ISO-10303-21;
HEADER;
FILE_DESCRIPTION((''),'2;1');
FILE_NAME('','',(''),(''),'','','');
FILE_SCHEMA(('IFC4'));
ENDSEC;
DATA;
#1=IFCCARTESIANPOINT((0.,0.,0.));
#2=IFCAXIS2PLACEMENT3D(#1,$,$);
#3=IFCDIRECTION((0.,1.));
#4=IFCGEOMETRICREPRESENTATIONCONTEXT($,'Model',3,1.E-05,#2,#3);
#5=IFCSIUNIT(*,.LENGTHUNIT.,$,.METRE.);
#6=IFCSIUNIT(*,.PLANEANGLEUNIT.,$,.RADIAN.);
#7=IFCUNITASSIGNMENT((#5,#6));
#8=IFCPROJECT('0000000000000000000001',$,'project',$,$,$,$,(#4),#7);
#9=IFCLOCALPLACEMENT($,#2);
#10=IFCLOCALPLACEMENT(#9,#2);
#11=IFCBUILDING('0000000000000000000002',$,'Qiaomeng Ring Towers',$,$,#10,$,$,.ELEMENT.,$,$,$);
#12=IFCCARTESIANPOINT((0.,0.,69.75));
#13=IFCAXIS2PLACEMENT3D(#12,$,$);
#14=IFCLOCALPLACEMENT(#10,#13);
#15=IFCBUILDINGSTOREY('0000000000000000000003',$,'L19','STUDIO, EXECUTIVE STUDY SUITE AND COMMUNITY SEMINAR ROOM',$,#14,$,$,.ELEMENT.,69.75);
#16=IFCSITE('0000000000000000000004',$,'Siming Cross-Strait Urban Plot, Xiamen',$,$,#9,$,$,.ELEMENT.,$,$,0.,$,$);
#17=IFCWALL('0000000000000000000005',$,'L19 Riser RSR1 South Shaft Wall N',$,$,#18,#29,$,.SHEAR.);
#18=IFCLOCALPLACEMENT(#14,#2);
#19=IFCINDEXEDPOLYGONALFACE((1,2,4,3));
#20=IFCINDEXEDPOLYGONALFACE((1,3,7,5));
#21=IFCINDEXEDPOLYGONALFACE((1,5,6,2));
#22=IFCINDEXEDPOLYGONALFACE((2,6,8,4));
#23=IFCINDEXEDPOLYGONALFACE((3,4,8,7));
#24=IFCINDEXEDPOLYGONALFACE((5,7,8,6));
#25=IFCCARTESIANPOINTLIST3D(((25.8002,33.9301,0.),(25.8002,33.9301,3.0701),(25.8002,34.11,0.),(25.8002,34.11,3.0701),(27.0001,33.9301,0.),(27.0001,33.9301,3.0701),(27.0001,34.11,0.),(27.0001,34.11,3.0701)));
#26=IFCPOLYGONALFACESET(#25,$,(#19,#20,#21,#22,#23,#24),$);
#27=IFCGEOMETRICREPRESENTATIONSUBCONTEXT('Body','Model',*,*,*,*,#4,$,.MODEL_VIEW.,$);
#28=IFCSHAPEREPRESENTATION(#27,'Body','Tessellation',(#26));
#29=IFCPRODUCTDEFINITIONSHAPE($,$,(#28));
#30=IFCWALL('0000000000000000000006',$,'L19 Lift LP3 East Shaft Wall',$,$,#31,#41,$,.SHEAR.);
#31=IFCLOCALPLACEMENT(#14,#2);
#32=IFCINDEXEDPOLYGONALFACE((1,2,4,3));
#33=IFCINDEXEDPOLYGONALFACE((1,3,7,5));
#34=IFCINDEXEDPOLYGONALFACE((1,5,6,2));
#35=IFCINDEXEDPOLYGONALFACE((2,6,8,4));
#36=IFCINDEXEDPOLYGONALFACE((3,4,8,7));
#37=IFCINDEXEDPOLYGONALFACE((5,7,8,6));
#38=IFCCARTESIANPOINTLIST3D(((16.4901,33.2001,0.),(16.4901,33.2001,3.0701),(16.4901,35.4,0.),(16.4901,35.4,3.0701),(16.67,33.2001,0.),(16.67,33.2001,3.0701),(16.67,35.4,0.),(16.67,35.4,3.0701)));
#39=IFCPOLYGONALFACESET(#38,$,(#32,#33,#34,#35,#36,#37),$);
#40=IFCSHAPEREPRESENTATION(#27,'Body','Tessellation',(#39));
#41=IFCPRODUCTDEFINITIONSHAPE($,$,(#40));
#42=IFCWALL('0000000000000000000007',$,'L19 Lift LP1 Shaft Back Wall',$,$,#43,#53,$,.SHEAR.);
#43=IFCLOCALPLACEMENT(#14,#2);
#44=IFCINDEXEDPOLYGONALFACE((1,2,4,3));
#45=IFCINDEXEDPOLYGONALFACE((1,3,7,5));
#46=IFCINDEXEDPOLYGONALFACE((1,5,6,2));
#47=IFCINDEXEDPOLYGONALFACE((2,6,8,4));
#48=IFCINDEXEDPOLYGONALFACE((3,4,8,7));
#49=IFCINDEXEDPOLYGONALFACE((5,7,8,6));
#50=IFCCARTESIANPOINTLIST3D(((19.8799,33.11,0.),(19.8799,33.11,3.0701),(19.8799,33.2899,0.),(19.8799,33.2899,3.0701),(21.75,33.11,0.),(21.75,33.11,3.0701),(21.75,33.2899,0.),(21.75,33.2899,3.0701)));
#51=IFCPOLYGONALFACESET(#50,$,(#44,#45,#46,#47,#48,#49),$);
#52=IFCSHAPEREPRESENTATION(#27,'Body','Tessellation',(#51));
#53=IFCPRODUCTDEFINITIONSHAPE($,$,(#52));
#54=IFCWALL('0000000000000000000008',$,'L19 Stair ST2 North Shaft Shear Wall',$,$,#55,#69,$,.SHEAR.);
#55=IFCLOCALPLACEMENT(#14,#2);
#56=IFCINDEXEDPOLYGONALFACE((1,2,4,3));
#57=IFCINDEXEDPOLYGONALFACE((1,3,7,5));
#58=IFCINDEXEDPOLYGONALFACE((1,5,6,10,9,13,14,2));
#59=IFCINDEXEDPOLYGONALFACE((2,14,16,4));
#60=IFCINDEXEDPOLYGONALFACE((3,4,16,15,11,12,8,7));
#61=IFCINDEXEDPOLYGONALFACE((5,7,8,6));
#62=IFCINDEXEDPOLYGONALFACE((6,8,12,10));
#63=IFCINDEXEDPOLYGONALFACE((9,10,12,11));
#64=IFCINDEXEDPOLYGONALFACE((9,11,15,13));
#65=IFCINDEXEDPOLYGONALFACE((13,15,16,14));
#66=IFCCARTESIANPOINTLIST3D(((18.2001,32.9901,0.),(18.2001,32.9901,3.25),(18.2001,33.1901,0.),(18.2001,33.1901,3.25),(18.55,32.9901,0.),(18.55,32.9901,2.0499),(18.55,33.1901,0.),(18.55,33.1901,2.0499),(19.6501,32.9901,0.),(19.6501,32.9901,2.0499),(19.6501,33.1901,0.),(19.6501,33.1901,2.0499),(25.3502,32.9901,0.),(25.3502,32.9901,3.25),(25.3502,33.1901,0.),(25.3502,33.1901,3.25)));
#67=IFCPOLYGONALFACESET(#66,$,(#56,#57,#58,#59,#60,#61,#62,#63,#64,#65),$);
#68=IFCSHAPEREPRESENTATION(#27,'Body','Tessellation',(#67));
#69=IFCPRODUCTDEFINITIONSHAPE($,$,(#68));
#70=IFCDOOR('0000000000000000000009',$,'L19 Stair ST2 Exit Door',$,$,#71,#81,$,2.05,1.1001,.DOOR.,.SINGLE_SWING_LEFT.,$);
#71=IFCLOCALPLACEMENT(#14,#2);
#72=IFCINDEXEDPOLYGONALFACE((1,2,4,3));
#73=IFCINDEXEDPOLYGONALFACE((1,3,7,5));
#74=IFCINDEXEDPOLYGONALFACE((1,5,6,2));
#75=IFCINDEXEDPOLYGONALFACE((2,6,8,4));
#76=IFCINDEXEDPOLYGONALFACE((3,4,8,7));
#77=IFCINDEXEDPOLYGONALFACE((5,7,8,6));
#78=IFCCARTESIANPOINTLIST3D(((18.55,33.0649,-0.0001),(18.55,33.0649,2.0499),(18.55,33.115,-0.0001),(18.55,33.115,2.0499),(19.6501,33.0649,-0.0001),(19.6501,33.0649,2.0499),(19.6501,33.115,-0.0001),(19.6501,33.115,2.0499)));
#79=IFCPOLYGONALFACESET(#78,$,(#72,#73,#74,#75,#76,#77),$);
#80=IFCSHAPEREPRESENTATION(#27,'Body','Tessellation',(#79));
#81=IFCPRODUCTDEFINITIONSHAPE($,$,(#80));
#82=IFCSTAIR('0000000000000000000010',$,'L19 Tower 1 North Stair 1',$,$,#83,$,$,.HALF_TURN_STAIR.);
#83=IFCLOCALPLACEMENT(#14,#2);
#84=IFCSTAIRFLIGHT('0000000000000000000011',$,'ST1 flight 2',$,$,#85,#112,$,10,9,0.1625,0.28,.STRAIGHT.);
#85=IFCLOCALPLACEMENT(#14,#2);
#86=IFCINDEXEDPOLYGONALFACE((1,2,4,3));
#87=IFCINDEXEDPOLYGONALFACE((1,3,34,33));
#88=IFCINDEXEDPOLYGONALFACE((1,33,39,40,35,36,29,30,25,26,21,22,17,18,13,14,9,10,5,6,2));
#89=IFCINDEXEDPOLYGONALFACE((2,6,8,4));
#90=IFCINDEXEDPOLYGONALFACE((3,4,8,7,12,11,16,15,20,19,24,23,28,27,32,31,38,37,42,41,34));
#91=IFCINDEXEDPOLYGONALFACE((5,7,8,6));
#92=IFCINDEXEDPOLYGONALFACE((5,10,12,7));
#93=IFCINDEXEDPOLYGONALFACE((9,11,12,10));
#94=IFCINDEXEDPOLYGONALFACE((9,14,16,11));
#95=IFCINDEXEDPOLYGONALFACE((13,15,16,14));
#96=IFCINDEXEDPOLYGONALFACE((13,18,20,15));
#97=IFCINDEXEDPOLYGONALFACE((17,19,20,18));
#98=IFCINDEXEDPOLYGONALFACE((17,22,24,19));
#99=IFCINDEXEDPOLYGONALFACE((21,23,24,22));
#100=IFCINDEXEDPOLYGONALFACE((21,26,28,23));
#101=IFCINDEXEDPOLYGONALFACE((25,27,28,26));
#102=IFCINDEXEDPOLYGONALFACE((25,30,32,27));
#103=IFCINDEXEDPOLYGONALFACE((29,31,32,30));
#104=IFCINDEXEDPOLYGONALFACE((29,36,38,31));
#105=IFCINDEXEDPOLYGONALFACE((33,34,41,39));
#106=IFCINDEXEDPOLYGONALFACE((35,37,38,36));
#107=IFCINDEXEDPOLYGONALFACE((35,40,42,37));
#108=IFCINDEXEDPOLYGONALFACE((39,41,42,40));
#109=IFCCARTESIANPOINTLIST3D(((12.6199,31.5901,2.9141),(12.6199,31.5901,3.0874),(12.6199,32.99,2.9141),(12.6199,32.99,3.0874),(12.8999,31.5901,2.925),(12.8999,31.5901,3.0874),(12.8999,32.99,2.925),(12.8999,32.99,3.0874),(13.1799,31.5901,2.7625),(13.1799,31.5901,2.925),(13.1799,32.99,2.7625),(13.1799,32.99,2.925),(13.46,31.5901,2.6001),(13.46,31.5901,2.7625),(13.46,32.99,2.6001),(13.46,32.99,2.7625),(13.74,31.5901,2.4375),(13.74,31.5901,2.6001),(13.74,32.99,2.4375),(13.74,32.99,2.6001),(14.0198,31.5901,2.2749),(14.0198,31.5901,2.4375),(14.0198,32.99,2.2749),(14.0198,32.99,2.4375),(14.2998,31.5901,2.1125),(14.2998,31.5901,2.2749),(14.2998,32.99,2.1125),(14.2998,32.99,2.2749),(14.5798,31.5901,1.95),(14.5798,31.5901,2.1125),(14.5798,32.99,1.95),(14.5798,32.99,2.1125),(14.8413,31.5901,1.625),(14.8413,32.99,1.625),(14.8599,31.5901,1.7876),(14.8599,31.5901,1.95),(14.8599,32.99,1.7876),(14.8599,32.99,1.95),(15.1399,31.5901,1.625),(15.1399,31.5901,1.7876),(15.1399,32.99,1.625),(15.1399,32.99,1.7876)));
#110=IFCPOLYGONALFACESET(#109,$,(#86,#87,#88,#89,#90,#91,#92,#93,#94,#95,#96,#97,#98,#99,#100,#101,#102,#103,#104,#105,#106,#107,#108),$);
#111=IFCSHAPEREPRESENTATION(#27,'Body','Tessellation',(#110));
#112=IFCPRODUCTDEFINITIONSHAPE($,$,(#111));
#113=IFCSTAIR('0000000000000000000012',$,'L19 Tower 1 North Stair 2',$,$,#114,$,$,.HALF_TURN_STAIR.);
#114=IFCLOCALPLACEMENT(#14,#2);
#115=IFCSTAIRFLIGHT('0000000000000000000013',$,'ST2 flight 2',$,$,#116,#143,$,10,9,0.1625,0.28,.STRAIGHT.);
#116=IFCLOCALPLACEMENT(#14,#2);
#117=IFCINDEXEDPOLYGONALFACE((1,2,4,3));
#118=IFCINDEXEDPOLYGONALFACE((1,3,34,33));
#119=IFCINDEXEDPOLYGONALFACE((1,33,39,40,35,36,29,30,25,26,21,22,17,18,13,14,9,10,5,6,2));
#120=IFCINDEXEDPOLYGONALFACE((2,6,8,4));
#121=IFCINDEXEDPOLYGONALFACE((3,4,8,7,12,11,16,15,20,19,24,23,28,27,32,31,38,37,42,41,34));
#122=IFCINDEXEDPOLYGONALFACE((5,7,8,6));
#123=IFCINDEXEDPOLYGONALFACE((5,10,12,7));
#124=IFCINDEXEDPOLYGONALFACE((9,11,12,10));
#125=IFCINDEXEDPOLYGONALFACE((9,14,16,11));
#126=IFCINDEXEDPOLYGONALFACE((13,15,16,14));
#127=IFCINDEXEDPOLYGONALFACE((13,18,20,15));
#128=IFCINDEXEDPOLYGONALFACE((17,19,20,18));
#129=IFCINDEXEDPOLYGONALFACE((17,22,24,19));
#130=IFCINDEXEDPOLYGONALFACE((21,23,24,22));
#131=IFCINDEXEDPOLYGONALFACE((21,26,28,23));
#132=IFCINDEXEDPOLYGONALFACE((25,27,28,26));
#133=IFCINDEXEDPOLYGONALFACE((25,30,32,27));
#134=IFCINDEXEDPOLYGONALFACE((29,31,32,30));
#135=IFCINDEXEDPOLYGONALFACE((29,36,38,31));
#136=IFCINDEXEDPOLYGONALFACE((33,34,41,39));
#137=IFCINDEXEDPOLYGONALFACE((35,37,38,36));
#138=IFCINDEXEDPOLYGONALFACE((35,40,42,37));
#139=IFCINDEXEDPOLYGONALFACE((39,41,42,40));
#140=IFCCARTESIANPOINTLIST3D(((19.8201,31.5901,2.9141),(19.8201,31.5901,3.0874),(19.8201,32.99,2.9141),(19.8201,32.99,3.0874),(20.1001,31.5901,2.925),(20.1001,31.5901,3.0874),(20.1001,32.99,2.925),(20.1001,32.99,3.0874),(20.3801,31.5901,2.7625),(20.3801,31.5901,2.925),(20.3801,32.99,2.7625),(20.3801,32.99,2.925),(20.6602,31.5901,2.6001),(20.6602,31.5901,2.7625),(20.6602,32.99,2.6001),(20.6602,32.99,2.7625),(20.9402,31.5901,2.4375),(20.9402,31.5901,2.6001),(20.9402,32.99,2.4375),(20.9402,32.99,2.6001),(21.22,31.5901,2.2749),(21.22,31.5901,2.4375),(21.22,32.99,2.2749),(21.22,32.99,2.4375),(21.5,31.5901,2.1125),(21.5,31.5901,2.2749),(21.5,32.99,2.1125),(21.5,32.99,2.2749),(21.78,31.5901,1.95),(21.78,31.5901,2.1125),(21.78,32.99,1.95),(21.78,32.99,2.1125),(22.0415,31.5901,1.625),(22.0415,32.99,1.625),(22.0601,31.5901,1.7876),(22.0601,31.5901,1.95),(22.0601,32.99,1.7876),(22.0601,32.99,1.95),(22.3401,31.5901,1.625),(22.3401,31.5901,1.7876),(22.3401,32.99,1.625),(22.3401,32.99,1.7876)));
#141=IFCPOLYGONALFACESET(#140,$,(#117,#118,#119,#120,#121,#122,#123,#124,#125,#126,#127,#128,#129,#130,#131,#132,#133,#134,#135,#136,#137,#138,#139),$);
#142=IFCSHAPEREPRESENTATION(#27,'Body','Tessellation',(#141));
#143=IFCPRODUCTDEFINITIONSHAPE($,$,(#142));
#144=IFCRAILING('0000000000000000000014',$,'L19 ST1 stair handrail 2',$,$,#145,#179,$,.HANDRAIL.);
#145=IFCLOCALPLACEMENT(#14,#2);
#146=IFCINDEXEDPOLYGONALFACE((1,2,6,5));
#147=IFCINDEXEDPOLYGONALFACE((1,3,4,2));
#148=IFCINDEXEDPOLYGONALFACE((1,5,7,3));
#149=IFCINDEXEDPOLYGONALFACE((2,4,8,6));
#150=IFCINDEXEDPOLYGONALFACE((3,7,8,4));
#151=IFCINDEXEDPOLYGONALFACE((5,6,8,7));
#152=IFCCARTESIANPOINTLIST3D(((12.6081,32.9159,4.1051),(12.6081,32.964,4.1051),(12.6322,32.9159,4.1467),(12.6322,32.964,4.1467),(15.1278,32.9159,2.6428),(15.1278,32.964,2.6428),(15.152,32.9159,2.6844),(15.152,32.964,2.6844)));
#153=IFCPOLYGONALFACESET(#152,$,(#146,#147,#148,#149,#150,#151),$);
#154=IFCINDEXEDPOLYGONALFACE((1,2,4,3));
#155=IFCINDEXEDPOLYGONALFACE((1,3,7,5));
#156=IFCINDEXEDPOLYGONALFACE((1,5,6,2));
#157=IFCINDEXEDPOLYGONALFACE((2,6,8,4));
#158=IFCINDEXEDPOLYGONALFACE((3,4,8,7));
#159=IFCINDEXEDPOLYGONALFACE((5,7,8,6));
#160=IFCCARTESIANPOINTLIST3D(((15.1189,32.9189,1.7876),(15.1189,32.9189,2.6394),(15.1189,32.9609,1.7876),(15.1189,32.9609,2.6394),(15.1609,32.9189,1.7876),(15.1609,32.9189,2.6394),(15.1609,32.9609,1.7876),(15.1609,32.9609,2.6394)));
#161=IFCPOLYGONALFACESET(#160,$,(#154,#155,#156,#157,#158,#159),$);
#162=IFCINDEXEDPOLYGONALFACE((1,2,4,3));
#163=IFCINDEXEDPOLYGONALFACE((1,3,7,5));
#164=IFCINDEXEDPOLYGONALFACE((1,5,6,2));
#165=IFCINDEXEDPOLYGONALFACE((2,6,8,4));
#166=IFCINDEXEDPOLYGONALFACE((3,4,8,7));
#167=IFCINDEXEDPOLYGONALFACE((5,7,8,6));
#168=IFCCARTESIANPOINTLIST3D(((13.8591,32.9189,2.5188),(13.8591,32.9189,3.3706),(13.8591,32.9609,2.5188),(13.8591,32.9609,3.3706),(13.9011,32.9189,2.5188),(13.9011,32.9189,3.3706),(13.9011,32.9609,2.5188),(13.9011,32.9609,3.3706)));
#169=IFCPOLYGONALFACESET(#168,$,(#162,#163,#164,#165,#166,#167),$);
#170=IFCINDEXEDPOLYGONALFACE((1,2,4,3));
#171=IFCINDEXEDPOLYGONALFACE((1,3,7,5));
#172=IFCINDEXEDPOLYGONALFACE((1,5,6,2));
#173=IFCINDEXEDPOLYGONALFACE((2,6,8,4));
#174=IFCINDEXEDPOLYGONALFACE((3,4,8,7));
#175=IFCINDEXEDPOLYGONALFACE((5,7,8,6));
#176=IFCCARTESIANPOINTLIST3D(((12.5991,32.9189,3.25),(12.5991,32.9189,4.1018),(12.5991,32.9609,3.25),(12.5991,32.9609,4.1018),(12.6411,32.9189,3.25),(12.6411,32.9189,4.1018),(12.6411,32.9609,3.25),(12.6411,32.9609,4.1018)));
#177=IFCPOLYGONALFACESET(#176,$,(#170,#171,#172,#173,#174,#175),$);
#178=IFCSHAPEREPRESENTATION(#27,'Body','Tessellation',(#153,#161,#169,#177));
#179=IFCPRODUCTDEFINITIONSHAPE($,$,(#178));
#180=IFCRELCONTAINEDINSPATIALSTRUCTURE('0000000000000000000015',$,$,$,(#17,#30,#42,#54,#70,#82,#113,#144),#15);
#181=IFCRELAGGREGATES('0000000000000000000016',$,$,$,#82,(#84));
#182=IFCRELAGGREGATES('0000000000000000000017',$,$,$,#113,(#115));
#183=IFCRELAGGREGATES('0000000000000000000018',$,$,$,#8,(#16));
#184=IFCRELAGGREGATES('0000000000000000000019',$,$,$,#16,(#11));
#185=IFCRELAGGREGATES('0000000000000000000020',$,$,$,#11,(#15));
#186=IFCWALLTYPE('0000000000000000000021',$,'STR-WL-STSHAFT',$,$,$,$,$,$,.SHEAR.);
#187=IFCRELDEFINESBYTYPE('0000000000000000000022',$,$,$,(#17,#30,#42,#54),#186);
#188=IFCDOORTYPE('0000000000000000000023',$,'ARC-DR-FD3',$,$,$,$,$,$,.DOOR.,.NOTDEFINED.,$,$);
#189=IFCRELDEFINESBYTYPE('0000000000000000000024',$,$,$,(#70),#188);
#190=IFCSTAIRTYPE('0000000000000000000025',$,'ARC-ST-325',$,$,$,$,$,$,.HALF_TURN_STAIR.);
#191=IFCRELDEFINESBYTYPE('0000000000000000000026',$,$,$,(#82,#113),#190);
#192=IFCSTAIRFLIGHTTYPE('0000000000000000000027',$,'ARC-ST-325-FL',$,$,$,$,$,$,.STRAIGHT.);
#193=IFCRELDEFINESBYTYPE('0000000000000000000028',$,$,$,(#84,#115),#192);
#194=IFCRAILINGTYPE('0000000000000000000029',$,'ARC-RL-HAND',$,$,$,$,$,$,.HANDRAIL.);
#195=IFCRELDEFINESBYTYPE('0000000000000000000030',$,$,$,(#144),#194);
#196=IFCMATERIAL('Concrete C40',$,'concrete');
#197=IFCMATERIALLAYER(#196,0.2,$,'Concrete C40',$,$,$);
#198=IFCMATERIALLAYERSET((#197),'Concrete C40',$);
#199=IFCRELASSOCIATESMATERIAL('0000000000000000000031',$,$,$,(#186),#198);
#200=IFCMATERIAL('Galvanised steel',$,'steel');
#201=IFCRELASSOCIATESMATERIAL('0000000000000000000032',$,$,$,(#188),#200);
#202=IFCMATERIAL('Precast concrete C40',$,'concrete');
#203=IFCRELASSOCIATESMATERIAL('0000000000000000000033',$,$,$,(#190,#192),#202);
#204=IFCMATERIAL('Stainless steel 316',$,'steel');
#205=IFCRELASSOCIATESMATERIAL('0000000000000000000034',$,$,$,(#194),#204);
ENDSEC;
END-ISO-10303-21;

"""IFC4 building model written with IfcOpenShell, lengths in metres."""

from ifc_helpers import new_model, si_unit, direction, frame, frame_2d, origin, origin_2d, place, context, subcontext, project, spatial, polyline, rectangle, outline, extrude, source, transform, mapped, material, layer, layer_set, type_object, element, fill, aggregate, save


model = new_model("IFC4")

# Units and contexts
model_context = context("Model", 3, precision=1e-05, world=origin(), true_north=direction((0.0, 1.0)))
body_context = subcontext(model_context, "Body", "Model", "MODEL_VIEW")
ifc_project = project(units=[si_unit("LENGTHUNIT", "METRE"), si_unit("PLANEANGLEUNIT", "RADIAN")], contexts=[model_context])

# Site, building, storey
site_placement = place(None, origin())
site = spatial("IfcSite", under=ifc_project, at=site_placement, Name="Siming Cross-Strait Urban Plot, Xiamen", CompositionType="ELEMENT", RefElevation=0.0)
building_placement = place(site_placement, origin())
building = spatial("IfcBuilding", under=site, at=building_placement, Name="Qiaomeng Ring Towers", CompositionType="ELEMENT")
storey_placement = place(building_placement, frame((0.0, 0.0, 69.75)))
storey = spatial("IfcBuildingStorey", under=building, at=storey_placement, Name="L19", Description="STUDIO, EXECUTIVE STUDY SUITE AND COMMUNITY SEMINAR ROOM", CompositionType="ELEMENT", Elevation=69.75)

# Walls
ifc_material_1 = material(Name="Concrete C40", Category="concrete")
ifc_layer_1 = layer(ifc_material_1, 0.2, Name="Concrete C40")
ifc_layer_set_1 = layer_set([ifc_layer_1], Name="Concrete C40")
wall_type_1 = type_object("IfcWallType", Name="STR-WL-STSHAFT", PredefinedType="SHEAR", material=ifc_layer_set_1)
for number, where, z_axis, x_axis, name in (
    (1, (25.8, 34.02, 0.0), (0.0, 0.0, 1.0), (1.0, 0.0, 0.0), "L19 Riser RSR1 South Shaft Wall N"),
):
    element("IfcWall", number, at=place(storey_placement, frame(where, z_axis=z_axis, x_axis=x_axis)), inside=storey, type_object=wall_type_1, Name=name, PredefinedType="SHEAR", context=body_context, shape_type="SweptSolid", body=[
        extrude(rectangle(XDim=1.2, YDim=0.1799, at=frame_2d((0.6001, 0.0))), origin(), (0.0, 0.0, 1.0), 3.0701),
    ])
wall_1_placement = place(storey_placement, frame((16.5801, 33.2, 0.0), z_axis=(0.0, 0.0, 1.0), x_axis=(0.0, 1.0, 0.0)))
element("IfcWall", 2, at=wall_1_placement, inside=storey, type_object=wall_type_1, Name="L19 Lift LP3 East Shaft Wall", PredefinedType="SHEAR", context=body_context, shape_type="SweptSolid", body=[
    extrude(rectangle(XDim=2.2, YDim=0.1799, at=frame_2d((1.1001, 0.0))), origin(), (0.0, 0.0, 1.0), 3.0701),
])
wall_2_placement = place(storey_placement, frame((19.8799, 33.2, 0.0), z_axis=(0.0, 0.0, 1.0), x_axis=(1.0, 0.0, 0.0)))
element("IfcWall", 3, at=wall_2_placement, inside=storey, type_object=wall_type_1, Name="L19 Lift LP1 Shaft Back Wall", PredefinedType="SHEAR", context=body_context, shape_type="SweptSolid", body=[
    extrude(rectangle(XDim=1.8701, YDim=0.1799, at=frame_2d((0.9351, 0.0))), origin(), (0.0, 0.0, 1.0), 3.0701),
])

# Wall, opening, door
wall_3_placement = place(storey_placement, frame((18.2, 33.0901, 0.0), z_axis=(0.0, 0.0, 1.0), x_axis=(1.0, 0.0, 0.0)))
wall_3 = element("IfcWall", 4, at=wall_3_placement, inside=storey, type_object=wall_type_1, Name="L19 Stair ST2 North Shaft Shear Wall", PredefinedType="SHEAR", context=body_context, shape_type="SweptSolid", body=[
    extrude(rectangle(XDim=7.1501, YDim=0.2, at=frame_2d((3.5752, 0.0))), origin(), (0.0, 0.0, 1.0), 3.25),
])
opening_placement = place(wall_3_placement, frame((0.3501, 0.0, 0.0)))
opening = element("IfcOpeningElement", 5, at=opening_placement, cuts=wall_3, PredefinedType="OPENING", context=body_context, shape_type="SweptSolid", body=[
    extrude(rectangle(XDim=1.1001, YDim=2.05, at=frame_2d((0.55, 1.0249))), frame((0.0, 0.1099, 0.0), z_axis=(0.0, -1.0, 0.0), x_axis=(1.0, 0.0, 0.0)), (0.0, 0.0, 1.0), 0.22),
])
ifc_material_2 = material(Name="Galvanised steel", Category="steel")
door_type = type_object("IfcDoorType", Name="ARC-DR-FD3", OperationType="NOTDEFINED", PredefinedType="DOOR", material=ifc_material_2)
shared_shape_1 = source(origin(), body_context, "Body", "SweptSolid", [
    extrude(rectangle(XDim=1.1001, YDim=2.05, at=frame_2d((0.55, 1.0249))), frame((0.0, 0.0249, 0.0), z_axis=(0.0, -1.0, 0.0), x_axis=(1.0, 0.0, 0.0)), (0.0, 0.0, 1.0), 0.05),
])
door_placement = place(opening_placement, origin())
door = element("IfcDoor", 6, at=door_placement, inside=storey, type_object=door_type, Name="L19 Stair ST2 Exit Door", OperationType="SINGLE_SWING_LEFT", OverallHeight=2.05, OverallWidth=1.1001, PredefinedType="DOOR", context=body_context, shape_type="MappedRepresentation", body=[
    mapped(shared_shape_1, transform((0.0, 0.0, 0.0), x_axis=(1.0, 0.0, 0.0), y_axis=(0.0, 1.0, 0.0), z_axis=(0.0, 0.0, 1.0), scale=1.0)),
])
fill(opening, door)

# Stairs, stair flights
ifc_material_3 = material(Name="Precast concrete C40", Category="concrete")
stair_type = type_object("IfcStairType", Name="ARC-ST-325", PredefinedType="HALF_TURN_STAIR", material=ifc_material_3)
stair_1_placement = place(storey_placement, origin())
stair_1 = element("IfcStair", 7, at=stair_1_placement, inside=storey, type_object=stair_type, Name="L19 Tower 1 North Stair 1", PredefinedType="HALF_TURN_STAIR")
stair_flight_type = type_object("IfcStairFlightType", Name="ARC-ST-325-FL", PredefinedType="STRAIGHT", material=ifc_material_3)
shared_shape_2 = source(origin(), body_context, "Body", "SweptSolid", [
    extrude(outline(polyline([(0.0, 0.0), (0.0, 0.1626), (0.28, 0.1626), (0.28, 0.325), (0.5601, 0.325), (0.5601, 0.4875), (0.8401, 0.4875), (0.8401, 0.6499), (1.1201, 0.6499), (1.1201, 0.8125), (1.3999, 0.8125), (1.3999, 0.9751), (1.6799, 0.9751), (1.6799, 1.1375), (1.96, 1.1375), (1.96, 1.3), (2.24, 1.3), (2.24, 1.4624), (2.52, 1.4624), (2.52, 1.625), (2.52, 1.2891), (0.2986, 0.0), (0.0, 0.0)])), frame((0.0, 0.7, 0.0), z_axis=(0.0, -1.0, 0.0), x_axis=(1.0, 0.0, 0.0)), (0.0, 0.0, 1.0), 1.3999),
])
stair_flight_1_placement = place(storey_placement, frame((15.1399, 32.29, 1.625), z_axis=(0.0, 0.0, 1.0), x_axis=(-1.0, 0.0, 0.0)))
stair_flight_1 = element("IfcStairFlight", 8, at=stair_flight_1_placement, type_object=stair_flight_type, Name="ST1 flight 2", NumberOfRisers=10, NumberOfTreads=9, PredefinedType="STRAIGHT", RiserHeight=0.1625, TreadLength=0.28, context=body_context, shape_type="MappedRepresentation", body=[
    mapped(shared_shape_2, transform((0.0, 0.0, 0.0), x_axis=(1.0, 0.0, 0.0), y_axis=(0.0, 1.0, 0.0), z_axis=(0.0, 0.0, 1.0), scale=1.0)),
])
aggregate(stair_1, [stair_flight_1])
stair_2_placement = place(storey_placement, origin())
stair_2 = element("IfcStair", 9, at=stair_2_placement, inside=storey, type_object=stair_type, Name="L19 Tower 1 North Stair 2", PredefinedType="HALF_TURN_STAIR")
stair_flight_2_placement = place(storey_placement, frame((22.3401, 32.29, 1.625), z_axis=(0.0, 0.0, 1.0), x_axis=(-1.0, 0.0, 0.0)))
stair_flight_2 = element("IfcStairFlight", 10, at=stair_flight_2_placement, type_object=stair_flight_type, Name="ST2 flight 2", NumberOfRisers=10, NumberOfTreads=9, PredefinedType="STRAIGHT", RiserHeight=0.1625, TreadLength=0.28, context=body_context, shape_type="MappedRepresentation", body=[
    mapped(shared_shape_2, transform((0.0, 0.0, 0.0), x_axis=(1.0, 0.0, 0.0), y_axis=(0.0, 1.0, 0.0), z_axis=(0.0, 0.0, 1.0), scale=1.0)),
])
aggregate(stair_2, [stair_flight_2])

# Railing
ifc_material_4 = material(Name="Stainless steel 316", Category="steel")
railing_type = type_object("IfcRailingType", Name="ARC-RL-HAND", PredefinedType="HANDRAIL", material=ifc_material_4)
railing_1_placement = place(storey_placement, frame((15.1399, 32.9399, 1.7876)))
element("IfcRailing", 11, at=railing_1_placement, inside=storey, type_object=railing_type, Name="L19 ST1 stair handrail 2", PredefinedType="HANDRAIL", context=body_context, shape_type="SweptSolid", body=[
    extrude(rectangle(XDim=0.0481, YDim=0.0481, at=origin_2d()), frame((0.0, 0.0, 0.876), z_axis=(-0.864892, 0.0, 0.501958), x_axis=(0.0, -1.0, 0.0)), (0.0, 0.0, 1.0), 2.9133),
    extrude(rectangle(XDim=0.042, YDim=0.042, at=origin_2d()), origin(), (0.0, 0.0, 1.0), 0.8518),
    extrude(rectangle(XDim=0.042, YDim=0.042, at=origin_2d()), frame((-1.2598, 0.0, 0.7312)), (0.0, 0.0, 1.0), 0.8518),
    extrude(rectangle(XDim=0.042, YDim=0.042, at=origin_2d()), frame((-2.5198, 0.0, 1.4624)), (0.0, 0.0, 1.0), 0.8518),
])

save(model, "model.ifc")
